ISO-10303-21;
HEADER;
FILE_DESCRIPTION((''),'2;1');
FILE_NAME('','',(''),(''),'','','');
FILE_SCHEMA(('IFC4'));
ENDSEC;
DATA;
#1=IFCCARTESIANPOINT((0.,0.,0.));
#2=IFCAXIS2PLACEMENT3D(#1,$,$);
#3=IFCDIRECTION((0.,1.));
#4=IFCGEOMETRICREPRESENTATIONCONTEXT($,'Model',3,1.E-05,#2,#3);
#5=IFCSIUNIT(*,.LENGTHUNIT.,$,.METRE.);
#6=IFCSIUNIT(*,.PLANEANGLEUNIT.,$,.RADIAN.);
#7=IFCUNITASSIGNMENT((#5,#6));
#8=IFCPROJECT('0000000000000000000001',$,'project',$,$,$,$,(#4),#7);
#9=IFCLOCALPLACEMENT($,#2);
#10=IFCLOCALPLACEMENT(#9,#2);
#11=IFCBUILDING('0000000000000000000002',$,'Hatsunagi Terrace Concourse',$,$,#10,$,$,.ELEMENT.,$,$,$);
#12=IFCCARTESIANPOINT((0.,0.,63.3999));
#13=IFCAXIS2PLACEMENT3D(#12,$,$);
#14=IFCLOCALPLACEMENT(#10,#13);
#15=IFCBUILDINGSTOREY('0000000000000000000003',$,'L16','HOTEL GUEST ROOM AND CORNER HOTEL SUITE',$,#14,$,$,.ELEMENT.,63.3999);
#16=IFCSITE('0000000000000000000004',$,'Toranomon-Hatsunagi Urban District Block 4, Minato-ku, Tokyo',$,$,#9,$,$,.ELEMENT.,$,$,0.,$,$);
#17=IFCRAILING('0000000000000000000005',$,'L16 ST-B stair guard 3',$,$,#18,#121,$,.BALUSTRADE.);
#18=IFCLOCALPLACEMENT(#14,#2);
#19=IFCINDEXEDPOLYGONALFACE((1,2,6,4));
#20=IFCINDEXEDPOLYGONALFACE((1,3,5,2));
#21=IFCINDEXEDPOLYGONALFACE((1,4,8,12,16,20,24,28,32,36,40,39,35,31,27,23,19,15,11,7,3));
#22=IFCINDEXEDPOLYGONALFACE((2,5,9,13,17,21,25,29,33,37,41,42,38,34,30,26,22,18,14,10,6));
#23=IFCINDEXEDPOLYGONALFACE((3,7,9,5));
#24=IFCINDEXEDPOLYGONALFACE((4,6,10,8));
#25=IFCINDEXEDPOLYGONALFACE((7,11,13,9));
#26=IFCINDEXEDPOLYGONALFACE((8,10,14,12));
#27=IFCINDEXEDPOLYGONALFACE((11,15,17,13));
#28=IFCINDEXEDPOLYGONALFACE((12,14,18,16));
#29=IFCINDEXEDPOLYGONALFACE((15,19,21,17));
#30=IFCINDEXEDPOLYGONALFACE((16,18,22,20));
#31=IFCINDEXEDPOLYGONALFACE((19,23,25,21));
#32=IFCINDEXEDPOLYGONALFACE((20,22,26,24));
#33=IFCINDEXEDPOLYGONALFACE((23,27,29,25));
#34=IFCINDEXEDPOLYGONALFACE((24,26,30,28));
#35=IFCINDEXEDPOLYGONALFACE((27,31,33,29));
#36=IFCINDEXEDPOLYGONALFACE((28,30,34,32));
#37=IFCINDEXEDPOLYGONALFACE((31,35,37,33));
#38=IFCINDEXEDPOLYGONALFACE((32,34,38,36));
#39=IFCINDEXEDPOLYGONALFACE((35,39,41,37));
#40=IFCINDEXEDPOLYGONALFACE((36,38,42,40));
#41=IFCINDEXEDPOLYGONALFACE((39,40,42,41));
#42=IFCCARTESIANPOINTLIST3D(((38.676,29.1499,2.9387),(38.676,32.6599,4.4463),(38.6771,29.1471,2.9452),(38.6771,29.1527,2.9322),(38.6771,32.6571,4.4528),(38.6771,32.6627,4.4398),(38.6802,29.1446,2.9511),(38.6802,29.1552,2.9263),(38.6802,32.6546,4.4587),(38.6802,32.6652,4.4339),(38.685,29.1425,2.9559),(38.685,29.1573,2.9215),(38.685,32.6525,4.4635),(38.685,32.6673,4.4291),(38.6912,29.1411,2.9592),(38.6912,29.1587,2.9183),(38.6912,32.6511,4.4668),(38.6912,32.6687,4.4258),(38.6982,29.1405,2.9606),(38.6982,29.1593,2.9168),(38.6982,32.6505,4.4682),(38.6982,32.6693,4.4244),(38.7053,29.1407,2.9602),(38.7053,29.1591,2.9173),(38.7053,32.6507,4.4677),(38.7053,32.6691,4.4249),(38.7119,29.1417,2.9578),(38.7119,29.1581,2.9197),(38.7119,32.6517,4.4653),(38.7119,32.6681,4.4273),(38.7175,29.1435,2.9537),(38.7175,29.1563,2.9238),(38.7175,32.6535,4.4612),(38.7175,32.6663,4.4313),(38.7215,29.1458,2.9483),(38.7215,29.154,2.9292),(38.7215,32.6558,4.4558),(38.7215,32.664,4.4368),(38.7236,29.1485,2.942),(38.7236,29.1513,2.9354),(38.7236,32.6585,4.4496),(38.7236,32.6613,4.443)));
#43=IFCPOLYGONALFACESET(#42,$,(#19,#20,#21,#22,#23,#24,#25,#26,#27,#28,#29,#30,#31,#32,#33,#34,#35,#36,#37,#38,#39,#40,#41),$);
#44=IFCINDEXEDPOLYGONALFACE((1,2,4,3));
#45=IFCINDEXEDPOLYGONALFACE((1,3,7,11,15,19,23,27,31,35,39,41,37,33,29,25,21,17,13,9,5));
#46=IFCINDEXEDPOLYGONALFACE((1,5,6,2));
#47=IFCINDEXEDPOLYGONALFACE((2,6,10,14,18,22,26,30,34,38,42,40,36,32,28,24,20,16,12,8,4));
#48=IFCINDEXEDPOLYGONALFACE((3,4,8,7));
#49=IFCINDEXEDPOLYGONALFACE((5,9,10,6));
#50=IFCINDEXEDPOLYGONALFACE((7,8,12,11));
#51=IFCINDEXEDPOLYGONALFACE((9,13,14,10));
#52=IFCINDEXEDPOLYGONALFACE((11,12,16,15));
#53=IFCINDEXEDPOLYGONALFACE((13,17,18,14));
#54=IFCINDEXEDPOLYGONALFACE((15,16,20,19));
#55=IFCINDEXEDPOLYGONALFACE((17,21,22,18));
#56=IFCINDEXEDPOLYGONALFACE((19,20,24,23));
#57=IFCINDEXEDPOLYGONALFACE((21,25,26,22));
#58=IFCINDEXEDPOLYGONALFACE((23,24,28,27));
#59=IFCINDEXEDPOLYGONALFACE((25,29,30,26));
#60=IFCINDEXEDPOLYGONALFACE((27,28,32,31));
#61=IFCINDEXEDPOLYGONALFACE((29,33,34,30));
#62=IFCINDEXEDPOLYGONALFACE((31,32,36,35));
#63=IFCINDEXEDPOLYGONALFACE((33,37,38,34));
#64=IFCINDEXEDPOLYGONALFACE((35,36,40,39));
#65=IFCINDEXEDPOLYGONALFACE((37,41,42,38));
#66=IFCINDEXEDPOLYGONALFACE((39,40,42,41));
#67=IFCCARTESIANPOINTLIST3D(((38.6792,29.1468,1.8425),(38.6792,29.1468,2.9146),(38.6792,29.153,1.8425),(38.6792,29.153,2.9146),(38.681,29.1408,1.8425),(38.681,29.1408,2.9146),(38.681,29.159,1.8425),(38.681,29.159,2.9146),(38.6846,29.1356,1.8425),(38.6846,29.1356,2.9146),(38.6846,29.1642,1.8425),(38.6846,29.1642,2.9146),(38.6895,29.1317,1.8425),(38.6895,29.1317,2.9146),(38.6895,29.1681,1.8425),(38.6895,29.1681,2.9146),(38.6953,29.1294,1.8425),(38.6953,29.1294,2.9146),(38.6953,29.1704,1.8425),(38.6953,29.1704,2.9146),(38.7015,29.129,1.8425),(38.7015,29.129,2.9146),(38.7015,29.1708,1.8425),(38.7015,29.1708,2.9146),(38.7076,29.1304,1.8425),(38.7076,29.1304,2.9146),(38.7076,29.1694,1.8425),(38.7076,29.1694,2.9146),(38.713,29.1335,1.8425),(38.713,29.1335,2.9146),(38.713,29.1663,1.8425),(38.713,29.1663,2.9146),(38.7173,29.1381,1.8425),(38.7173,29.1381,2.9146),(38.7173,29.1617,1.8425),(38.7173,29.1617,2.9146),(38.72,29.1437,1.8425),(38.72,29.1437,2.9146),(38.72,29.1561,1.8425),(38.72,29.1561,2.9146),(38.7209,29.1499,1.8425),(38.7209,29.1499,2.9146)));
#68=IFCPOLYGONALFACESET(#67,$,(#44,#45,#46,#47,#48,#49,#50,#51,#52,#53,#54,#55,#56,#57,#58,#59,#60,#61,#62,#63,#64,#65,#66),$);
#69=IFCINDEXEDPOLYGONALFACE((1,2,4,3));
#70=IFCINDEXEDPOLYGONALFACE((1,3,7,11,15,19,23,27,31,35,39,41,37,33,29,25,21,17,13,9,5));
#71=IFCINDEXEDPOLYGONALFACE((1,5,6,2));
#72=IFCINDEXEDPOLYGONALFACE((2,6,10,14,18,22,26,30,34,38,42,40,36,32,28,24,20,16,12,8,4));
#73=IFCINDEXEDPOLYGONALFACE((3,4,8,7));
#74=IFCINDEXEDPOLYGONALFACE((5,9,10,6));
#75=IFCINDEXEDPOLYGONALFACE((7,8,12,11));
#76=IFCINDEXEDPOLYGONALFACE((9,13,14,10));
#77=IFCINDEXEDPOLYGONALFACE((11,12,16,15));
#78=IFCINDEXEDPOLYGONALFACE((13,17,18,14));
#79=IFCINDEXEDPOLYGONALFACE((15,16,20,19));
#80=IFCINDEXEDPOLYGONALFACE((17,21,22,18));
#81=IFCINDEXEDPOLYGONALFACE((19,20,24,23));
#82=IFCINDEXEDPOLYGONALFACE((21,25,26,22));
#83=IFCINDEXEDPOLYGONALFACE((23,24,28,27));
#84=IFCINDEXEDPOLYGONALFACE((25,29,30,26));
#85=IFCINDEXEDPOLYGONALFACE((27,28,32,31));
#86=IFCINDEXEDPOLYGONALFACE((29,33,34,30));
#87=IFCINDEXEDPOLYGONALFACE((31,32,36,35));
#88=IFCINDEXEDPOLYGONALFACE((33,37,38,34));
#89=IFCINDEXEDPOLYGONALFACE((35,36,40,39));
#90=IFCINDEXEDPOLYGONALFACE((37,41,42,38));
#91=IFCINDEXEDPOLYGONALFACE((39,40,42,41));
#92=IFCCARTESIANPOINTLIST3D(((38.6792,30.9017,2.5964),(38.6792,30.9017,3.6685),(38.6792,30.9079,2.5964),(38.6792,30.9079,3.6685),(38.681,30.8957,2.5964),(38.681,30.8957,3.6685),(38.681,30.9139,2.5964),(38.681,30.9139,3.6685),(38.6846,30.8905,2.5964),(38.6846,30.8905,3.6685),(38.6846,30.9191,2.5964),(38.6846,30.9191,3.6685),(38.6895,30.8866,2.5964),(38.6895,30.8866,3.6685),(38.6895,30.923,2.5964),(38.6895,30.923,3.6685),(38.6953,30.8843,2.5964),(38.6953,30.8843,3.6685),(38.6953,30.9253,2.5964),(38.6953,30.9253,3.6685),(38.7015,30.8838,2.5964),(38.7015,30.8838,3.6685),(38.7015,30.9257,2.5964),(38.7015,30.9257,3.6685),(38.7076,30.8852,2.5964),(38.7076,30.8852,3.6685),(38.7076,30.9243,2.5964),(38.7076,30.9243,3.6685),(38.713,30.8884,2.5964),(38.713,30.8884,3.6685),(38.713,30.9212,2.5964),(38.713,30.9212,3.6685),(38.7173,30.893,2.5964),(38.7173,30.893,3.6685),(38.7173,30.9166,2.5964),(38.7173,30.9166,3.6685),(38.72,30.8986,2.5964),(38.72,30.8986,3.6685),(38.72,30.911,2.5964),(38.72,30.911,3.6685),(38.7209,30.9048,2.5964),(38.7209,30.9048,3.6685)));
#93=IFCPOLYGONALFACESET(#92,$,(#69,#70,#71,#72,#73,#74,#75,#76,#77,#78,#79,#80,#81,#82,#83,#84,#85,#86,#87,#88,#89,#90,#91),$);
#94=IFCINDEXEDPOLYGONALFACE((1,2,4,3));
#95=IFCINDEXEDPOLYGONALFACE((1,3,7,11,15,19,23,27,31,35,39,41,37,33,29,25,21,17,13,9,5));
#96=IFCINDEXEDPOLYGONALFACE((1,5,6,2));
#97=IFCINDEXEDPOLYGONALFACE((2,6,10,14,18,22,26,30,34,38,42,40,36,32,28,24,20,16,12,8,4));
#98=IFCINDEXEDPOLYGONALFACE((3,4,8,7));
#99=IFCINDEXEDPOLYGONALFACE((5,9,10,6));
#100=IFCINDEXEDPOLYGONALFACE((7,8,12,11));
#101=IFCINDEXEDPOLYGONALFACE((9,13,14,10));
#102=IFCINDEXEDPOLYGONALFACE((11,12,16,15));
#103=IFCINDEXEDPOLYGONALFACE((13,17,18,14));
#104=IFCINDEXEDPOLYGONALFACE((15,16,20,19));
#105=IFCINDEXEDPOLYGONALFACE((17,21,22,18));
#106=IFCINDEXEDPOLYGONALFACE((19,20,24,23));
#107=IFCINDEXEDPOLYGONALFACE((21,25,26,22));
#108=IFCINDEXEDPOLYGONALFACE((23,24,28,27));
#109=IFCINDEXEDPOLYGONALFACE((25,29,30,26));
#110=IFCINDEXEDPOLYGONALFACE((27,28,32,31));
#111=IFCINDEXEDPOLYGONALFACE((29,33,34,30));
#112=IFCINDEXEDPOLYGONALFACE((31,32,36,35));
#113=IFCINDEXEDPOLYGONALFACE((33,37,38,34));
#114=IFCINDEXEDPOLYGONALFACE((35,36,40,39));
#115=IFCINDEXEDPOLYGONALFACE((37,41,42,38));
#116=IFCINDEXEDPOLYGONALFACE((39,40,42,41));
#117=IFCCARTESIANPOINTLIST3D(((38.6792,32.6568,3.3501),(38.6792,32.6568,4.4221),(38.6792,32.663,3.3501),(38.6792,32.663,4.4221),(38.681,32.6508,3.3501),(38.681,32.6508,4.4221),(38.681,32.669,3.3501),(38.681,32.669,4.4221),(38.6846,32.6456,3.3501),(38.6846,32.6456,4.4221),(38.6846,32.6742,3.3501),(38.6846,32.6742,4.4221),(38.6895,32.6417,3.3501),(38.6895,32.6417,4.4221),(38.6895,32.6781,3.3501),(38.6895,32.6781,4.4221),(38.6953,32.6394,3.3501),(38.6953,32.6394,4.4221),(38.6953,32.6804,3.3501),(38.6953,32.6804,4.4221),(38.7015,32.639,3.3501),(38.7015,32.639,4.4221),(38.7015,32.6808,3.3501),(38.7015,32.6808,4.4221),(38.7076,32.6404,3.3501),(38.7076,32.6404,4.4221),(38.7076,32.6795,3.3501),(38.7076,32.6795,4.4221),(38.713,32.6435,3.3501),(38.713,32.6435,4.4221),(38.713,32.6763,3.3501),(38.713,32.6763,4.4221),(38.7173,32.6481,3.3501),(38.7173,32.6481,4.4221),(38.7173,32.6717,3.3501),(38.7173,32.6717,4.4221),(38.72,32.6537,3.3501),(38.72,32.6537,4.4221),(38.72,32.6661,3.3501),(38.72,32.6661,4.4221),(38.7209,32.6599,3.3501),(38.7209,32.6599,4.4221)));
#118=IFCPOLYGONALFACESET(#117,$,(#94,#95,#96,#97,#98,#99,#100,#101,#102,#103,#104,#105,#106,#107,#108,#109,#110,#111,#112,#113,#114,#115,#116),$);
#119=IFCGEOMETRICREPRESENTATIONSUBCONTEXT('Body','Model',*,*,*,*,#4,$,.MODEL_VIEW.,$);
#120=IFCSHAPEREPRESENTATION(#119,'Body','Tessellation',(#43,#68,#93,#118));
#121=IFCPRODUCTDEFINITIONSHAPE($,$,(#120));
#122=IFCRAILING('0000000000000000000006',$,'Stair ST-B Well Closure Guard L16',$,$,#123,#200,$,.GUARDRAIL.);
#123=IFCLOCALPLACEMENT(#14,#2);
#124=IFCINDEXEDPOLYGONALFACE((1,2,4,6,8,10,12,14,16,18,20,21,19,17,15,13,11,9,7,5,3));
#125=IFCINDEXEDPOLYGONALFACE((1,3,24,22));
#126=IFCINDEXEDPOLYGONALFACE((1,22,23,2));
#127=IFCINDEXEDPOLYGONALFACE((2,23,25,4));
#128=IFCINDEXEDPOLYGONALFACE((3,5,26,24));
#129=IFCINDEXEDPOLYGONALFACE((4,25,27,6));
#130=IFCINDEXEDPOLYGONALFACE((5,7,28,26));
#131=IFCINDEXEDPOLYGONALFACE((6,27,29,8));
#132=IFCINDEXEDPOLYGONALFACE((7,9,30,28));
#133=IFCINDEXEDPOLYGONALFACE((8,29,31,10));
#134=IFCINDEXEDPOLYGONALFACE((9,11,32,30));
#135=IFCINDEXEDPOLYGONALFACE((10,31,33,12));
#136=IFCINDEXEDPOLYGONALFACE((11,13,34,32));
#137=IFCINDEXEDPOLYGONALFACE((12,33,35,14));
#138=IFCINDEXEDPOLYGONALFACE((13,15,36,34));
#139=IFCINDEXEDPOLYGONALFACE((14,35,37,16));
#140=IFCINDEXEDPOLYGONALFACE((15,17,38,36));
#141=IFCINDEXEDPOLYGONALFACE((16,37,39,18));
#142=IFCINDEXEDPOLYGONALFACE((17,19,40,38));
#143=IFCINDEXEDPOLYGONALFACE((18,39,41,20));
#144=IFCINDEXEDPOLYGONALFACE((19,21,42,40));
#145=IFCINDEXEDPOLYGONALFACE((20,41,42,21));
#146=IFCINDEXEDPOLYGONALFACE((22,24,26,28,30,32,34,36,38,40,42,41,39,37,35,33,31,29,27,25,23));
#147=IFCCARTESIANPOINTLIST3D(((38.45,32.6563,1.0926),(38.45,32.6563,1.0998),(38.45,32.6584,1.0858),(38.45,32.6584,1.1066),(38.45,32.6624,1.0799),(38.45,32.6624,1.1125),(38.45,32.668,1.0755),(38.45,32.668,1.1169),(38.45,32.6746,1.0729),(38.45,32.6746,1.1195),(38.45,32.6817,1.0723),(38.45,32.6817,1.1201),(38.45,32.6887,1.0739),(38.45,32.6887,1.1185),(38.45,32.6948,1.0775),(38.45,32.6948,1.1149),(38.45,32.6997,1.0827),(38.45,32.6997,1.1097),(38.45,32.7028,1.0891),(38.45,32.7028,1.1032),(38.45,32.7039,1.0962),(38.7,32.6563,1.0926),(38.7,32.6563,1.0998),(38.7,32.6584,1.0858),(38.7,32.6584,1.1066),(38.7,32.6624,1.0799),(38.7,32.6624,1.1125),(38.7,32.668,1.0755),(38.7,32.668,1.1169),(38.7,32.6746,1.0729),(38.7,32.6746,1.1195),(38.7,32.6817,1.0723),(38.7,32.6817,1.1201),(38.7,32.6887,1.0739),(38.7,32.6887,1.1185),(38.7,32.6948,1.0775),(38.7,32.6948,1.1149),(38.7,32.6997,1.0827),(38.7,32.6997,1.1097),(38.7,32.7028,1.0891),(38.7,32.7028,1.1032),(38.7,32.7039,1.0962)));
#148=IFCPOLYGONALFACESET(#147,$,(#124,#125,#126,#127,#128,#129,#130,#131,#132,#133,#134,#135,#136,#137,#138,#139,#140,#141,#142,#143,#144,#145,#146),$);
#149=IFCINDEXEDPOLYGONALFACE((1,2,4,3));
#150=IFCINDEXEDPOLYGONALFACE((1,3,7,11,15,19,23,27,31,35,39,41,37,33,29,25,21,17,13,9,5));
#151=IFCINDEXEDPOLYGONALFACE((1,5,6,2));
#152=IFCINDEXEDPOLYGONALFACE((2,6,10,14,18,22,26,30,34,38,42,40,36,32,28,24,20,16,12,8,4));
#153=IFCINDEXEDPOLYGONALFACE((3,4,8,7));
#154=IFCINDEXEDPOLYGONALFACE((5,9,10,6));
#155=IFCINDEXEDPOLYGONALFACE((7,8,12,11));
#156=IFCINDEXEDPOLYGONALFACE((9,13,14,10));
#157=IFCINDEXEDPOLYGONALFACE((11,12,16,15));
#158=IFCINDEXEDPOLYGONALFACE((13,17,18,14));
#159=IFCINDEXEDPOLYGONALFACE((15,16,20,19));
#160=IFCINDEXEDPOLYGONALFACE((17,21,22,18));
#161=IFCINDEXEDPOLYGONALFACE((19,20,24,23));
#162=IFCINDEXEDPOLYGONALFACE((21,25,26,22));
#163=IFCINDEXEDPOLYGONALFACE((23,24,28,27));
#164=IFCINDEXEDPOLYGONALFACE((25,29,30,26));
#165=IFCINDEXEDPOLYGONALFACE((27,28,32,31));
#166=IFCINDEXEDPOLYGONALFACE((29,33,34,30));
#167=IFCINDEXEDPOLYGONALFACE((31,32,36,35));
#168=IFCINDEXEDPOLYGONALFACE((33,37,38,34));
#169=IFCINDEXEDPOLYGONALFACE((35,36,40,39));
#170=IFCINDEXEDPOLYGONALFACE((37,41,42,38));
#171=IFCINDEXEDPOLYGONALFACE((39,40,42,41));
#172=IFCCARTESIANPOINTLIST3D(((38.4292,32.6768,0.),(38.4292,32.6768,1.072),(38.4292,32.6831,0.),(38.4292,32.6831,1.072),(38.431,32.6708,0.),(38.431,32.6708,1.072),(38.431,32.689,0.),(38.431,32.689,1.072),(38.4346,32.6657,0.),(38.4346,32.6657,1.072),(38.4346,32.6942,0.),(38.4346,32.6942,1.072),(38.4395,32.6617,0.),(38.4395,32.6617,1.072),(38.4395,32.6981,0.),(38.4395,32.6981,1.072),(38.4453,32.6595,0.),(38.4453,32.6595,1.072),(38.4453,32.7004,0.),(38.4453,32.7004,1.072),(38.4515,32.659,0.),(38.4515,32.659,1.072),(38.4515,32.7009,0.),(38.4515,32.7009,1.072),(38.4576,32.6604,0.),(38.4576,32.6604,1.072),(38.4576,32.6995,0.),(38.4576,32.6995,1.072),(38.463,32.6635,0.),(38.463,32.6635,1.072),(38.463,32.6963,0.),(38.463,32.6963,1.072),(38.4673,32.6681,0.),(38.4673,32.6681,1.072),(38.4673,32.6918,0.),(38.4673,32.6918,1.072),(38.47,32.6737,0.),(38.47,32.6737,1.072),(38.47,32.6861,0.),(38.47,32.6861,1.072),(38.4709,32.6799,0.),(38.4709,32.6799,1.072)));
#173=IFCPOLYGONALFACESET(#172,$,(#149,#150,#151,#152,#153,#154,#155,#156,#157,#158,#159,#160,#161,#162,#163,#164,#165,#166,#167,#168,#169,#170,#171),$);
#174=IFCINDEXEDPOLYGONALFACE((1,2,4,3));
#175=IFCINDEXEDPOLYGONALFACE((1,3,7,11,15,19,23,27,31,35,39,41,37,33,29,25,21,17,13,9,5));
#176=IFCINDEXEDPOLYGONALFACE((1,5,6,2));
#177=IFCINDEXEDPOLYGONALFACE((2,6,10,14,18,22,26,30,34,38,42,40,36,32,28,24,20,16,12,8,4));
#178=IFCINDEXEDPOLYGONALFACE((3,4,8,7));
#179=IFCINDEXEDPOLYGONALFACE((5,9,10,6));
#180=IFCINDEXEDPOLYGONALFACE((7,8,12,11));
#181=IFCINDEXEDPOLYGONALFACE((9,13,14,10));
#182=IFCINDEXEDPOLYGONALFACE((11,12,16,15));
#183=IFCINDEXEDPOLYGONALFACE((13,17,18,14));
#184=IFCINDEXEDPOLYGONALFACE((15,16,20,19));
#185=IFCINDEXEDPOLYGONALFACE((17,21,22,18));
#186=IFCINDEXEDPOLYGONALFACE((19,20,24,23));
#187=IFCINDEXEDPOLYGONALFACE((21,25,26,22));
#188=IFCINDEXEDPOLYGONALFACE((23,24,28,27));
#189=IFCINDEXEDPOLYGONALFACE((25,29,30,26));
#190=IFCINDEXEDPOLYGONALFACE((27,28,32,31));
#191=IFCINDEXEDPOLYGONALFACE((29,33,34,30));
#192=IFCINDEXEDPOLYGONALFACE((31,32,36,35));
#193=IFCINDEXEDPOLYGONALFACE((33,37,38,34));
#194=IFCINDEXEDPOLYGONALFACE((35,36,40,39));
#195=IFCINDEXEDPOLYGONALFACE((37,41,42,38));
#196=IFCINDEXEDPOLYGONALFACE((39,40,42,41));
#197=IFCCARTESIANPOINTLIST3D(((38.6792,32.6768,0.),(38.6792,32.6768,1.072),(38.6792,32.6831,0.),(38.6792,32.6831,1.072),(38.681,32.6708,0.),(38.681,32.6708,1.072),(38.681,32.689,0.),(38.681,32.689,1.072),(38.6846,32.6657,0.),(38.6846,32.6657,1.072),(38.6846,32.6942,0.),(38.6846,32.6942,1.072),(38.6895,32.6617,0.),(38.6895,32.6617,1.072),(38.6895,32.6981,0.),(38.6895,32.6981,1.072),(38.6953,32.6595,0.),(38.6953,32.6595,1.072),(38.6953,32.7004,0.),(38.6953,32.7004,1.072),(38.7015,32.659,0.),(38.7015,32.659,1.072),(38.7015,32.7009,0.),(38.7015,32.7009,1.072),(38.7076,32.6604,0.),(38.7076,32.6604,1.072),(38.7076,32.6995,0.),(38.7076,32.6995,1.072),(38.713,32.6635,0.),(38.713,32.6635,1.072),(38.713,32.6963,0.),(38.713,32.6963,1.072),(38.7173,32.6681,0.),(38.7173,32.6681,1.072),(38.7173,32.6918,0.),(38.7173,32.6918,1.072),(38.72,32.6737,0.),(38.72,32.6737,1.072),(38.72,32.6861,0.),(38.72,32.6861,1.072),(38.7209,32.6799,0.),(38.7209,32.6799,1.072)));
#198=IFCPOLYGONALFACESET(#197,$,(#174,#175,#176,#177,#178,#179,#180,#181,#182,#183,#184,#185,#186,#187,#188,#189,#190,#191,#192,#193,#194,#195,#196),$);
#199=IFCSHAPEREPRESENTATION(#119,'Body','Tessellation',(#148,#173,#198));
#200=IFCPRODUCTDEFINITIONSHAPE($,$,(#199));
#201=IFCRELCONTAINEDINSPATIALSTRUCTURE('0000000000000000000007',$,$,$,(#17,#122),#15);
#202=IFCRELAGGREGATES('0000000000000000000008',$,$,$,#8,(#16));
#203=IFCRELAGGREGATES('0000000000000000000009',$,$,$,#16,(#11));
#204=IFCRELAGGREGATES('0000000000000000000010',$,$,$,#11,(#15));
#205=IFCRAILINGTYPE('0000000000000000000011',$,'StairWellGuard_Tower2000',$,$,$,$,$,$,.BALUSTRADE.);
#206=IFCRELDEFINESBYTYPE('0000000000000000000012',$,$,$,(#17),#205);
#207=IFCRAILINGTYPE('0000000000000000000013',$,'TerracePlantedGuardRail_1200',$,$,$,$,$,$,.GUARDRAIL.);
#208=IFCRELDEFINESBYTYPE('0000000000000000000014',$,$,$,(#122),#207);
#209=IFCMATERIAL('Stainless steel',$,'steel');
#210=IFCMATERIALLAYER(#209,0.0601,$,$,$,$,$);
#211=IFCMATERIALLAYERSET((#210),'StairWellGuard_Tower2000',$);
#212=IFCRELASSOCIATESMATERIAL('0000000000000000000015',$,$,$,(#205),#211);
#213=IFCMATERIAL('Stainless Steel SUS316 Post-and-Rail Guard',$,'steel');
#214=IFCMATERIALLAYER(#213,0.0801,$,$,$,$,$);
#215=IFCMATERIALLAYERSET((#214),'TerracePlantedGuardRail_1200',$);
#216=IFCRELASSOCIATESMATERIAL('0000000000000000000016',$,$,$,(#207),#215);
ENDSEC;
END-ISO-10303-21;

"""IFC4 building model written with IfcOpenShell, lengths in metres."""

from ifc_helpers import new_model, si_unit, direction, frame, origin, origin_2d, place, context, subcontext, project, spatial, circle, extrude, material, layer, layer_set, type_object, element, save


model = new_model("IFC4")

# Units and contexts
model_context = context("Model", 3, precision=1e-05, world=origin(), true_north=direction((0.0, 1.0)))
body_context = subcontext(model_context, "Body", "Model", "MODEL_VIEW")
ifc_project = project(units=[si_unit("LENGTHUNIT", "METRE"), si_unit("PLANEANGLEUNIT", "RADIAN")], contexts=[model_context])

# Site, building, storey
site_placement = place(None, origin())
site = spatial("IfcSite", under=ifc_project, at=site_placement, Name="Toranomon-Hatsunagi Urban District Block 4, Minato-ku, Tokyo", CompositionType="ELEMENT", RefElevation=0.0)
building_placement = place(site_placement, origin())
building = spatial("IfcBuilding", under=site, at=building_placement, Name="Hatsunagi Terrace Concourse", CompositionType="ELEMENT")
storey_placement = place(building_placement, frame((0.0, 0.0, 63.3999)))
storey = spatial("IfcBuildingStorey", under=building, at=storey_placement, Name="L16", Description="HOTEL GUEST ROOM AND CORNER HOTEL SUITE", CompositionType="ELEMENT", Elevation=63.3999)

# Railings
ifc_material_1 = material(Name="Stainless steel", Category="steel")
ifc_layer_1 = layer(ifc_material_1, 0.0601)
ifc_layer_set_1 = layer_set([ifc_layer_1], Name="StairWellGuard_Tower2000")
railing_type_1 = type_object("IfcRailingType", Name="StairWellGuard_Tower2000", PredefinedType="BALUSTRADE", material=ifc_layer_set_1)
railing_1_placement = place(storey_placement, frame((38.7, 29.1499, 1.8425)))
element("IfcRailing", 1, at=railing_1_placement, inside=storey, type_object=railing_type_1, Name="L16 ST-B stair guard 3", PredefinedType="BALUSTRADE", context=body_context, shape_type="SweptSolid", body=[
    extrude(circle(Radius=0.0239, at=origin_2d()), frame((0.0, 0.0, 1.0962), z_axis=(0.0, 0.918834, 0.394644), x_axis=(-1.0, 0.0, 0.0)), (0.0, 0.0, 1.0), 3.8201),
    extrude(circle(Radius=0.021, at=origin_2d()), origin(), (0.0, 0.0, 1.0), 1.072),
    extrude(circle(Radius=0.021, at=origin_2d()), frame((0.0, 1.7549, 0.7539)), (0.0, 0.0, 1.0), 1.072),
    extrude(circle(Radius=0.021, at=origin_2d()), frame((0.0, 3.51, 1.5076)), (0.0, 0.0, 1.0), 1.072),
])
ifc_material_2 = material(Name="Stainless Steel SUS316 Post-and-Rail Guard", Category="steel")
ifc_layer_2 = layer(ifc_material_2, 0.0801)
ifc_layer_set_2 = layer_set([ifc_layer_2], Name="TerracePlantedGuardRail_1200")
railing_type_2 = type_object("IfcRailingType", Name="TerracePlantedGuardRail_1200", PredefinedType="GUARDRAIL", material=ifc_layer_set_2)
railing_2_placement = place(storey_placement, frame((38.45, 32.6799, 0.0)))
element("IfcRailing", 2, at=railing_2_placement, inside=storey, type_object=railing_type_2, Name="Stair ST-B Well Closure Guard L16", PredefinedType="GUARDRAIL", context=body_context, shape_type="SweptSolid", body=[
    extrude(circle(Radius=0.0239, at=origin_2d()), frame((0.0, 0.0, 1.0962), z_axis=(1.0, 0.0, 0.0), x_axis=(0.0, 1.0, 0.0)), (0.0, 0.0, 1.0), 0.25),
    extrude(circle(Radius=0.021, at=origin_2d()), origin(), (0.0, 0.0, 1.0), 1.072),
    extrude(circle(Radius=0.021, at=origin_2d()), frame((0.25, 0.0, 0.0)), (0.0, 0.0, 1.0), 1.072),
])

save(model, "model.ifc")
